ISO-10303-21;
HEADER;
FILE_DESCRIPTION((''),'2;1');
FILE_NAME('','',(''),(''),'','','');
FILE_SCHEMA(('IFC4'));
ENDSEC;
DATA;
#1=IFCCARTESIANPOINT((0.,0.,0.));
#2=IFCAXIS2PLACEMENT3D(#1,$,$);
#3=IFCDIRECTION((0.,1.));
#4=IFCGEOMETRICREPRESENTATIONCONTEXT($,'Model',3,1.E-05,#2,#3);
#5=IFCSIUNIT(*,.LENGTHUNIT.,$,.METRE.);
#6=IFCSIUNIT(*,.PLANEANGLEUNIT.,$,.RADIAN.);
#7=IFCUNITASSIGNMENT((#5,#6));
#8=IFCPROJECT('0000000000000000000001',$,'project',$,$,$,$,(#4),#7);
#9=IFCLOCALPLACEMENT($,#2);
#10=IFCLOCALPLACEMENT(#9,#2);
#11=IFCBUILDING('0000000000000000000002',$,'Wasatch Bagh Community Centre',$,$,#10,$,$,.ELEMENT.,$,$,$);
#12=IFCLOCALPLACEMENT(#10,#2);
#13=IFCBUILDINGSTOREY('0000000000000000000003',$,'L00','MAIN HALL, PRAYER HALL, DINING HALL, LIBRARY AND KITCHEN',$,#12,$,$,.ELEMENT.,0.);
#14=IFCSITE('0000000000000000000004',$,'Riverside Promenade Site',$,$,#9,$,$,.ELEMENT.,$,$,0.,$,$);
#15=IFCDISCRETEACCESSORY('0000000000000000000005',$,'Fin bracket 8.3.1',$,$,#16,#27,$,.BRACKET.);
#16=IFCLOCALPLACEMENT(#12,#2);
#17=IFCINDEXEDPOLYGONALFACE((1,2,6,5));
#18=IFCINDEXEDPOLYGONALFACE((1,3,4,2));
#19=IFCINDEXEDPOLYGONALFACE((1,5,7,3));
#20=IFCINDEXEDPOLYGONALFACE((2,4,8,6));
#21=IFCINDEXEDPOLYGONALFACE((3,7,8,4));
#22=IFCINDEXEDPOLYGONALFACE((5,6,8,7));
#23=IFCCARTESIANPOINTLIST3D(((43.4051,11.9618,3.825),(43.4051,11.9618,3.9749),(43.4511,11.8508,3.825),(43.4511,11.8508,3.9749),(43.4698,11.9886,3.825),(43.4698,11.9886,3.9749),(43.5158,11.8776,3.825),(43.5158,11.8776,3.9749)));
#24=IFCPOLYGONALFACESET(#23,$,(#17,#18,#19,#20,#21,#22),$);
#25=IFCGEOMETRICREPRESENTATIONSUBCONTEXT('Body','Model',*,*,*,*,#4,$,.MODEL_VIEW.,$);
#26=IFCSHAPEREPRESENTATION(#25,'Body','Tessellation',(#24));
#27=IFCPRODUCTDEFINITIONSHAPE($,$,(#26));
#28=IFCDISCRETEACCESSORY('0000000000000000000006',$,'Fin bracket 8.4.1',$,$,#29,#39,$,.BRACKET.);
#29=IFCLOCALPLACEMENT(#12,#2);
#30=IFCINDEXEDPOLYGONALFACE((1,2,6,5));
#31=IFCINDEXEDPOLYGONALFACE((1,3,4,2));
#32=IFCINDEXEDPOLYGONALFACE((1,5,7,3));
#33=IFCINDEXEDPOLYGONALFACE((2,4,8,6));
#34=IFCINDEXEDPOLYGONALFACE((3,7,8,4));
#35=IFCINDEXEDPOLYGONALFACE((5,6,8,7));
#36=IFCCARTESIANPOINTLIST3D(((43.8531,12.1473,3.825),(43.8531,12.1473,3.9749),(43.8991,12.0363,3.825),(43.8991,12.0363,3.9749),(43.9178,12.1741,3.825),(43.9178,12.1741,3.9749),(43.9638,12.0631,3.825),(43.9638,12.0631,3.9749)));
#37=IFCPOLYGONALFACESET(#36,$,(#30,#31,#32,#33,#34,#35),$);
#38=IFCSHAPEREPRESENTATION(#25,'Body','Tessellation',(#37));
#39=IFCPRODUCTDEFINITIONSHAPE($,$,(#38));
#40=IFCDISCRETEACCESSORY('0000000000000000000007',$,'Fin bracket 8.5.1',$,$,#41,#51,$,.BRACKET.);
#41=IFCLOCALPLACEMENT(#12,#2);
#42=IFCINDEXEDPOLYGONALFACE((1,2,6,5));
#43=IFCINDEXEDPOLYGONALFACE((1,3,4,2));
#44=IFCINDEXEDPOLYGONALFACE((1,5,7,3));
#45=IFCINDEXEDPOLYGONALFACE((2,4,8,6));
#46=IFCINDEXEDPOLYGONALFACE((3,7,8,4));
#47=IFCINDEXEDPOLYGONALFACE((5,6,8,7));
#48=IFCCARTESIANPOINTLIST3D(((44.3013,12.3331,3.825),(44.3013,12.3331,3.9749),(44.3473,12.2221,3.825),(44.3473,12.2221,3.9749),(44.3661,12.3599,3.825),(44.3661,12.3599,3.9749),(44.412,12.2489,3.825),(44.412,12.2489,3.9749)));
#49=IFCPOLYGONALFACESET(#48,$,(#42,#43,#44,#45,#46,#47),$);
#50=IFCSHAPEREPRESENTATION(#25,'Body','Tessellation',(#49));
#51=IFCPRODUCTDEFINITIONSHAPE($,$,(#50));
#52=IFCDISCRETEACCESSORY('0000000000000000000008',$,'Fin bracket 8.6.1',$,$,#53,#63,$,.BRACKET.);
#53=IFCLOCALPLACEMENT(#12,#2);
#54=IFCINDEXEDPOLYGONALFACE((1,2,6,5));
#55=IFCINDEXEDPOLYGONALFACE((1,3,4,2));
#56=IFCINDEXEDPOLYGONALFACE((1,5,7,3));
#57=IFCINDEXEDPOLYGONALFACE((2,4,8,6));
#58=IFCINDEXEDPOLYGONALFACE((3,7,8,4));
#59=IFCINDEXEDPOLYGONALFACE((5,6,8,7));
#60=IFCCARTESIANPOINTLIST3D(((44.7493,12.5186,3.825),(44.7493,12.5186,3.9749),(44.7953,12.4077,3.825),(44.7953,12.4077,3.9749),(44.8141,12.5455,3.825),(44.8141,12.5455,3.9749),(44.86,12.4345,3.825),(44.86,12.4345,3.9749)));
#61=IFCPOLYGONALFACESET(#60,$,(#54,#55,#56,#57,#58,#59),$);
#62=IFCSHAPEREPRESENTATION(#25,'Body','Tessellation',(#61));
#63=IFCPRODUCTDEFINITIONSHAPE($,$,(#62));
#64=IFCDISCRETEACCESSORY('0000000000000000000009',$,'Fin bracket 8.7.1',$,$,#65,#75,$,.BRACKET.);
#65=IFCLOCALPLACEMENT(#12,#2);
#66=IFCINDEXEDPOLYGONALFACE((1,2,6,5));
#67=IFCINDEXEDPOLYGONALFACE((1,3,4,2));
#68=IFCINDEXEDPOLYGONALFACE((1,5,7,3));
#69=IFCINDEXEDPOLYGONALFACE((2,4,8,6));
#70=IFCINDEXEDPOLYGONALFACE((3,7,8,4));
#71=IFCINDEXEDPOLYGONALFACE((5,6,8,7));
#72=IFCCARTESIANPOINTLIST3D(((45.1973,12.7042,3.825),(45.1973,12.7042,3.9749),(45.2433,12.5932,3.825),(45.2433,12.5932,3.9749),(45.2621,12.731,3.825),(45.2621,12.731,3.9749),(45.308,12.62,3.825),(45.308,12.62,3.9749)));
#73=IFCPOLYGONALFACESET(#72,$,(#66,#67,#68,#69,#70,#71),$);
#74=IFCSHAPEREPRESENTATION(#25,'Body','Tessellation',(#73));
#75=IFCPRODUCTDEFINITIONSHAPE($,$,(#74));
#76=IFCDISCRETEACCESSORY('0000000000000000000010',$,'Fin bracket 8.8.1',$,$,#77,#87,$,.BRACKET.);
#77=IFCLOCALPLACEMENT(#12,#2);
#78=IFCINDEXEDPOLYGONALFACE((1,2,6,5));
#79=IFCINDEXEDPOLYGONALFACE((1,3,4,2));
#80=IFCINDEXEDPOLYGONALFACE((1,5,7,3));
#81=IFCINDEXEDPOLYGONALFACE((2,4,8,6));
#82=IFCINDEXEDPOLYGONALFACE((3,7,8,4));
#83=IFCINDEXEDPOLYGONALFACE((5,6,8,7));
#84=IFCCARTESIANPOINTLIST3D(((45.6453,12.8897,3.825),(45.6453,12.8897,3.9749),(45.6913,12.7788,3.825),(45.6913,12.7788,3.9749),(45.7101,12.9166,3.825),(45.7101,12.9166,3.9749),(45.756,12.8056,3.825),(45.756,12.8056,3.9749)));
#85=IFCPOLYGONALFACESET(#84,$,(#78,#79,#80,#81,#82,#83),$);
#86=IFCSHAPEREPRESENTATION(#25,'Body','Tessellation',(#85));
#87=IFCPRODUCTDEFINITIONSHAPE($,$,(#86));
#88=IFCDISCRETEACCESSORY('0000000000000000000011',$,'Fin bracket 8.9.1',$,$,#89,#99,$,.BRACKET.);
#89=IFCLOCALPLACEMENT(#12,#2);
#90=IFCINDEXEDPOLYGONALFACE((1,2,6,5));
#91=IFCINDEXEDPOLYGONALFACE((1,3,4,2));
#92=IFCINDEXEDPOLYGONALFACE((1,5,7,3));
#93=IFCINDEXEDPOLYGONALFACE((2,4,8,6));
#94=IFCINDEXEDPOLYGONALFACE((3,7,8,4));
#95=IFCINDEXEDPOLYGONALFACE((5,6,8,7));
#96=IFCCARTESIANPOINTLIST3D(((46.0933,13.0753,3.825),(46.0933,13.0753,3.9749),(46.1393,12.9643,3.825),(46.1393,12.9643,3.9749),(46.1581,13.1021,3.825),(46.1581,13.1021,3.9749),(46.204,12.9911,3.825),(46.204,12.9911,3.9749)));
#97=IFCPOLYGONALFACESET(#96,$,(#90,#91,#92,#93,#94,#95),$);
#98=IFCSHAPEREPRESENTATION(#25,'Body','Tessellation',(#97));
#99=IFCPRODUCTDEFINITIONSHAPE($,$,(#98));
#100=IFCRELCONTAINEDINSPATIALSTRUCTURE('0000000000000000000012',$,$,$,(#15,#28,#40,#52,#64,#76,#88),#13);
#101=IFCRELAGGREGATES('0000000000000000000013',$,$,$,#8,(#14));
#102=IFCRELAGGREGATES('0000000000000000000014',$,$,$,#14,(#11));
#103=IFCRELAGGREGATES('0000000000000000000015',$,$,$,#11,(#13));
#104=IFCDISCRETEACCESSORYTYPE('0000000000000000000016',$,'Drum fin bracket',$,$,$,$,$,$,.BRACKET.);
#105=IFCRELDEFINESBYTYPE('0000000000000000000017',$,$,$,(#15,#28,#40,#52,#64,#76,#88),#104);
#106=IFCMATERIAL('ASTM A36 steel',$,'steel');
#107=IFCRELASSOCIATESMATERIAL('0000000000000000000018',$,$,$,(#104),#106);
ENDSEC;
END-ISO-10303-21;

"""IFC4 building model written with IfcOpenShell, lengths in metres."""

from ifc_helpers import new_model, si_unit, direction, frame, origin, origin_2d, place, context, subcontext, project, spatial, rectangle, extrude, material, type_object, element, save


model = new_model("IFC4")

# Units and contexts
model_context = context("Model", 3, precision=1e-05, world=origin(), true_north=direction((0.0, 1.0)))
body_context = subcontext(model_context, "Body", "Model", "MODEL_VIEW")
ifc_project = project(units=[si_unit("LENGTHUNIT", "METRE"), si_unit("PLANEANGLEUNIT", "RADIAN")], contexts=[model_context])

# Site, building, storey
site_placement = place(None, origin())
site = spatial("IfcSite", under=ifc_project, at=site_placement, Name="Riverside Promenade Site", CompositionType="ELEMENT", RefElevation=0.0)
building_placement = place(site_placement, origin())
building = spatial("IfcBuilding", under=site, at=building_placement, Name="Wasatch Bagh Community Centre", CompositionType="ELEMENT")
storey_placement = place(building_placement, origin())
storey = spatial("IfcBuildingStorey", under=building, at=storey_placement, Name="L00", Description="MAIN HALL, PRAYER HALL, DINING HALL, LIBRARY AND KITCHEN", CompositionType="ELEMENT", Elevation=0.0)

# Discrete accessories
ifc_material_1 = material(Name="ASTM A36 steel", Category="steel")
discrete_accessory_type = type_object("IfcDiscreteAccessoryType", Name="Drum fin bracket", PredefinedType="BRACKET", material=ifc_material_1)
for number, where, z_axis, x_axis, name in (
    (1, (43.4604, 11.9197, 3.825), (0.0, 0.0, 1.0), (0.92388, 0.382683, 0.0), "Fin bracket 8.3.1"),
    (2, (43.9084, 12.1052, 3.825), (0.0, 0.0, 1.0), (0.92388, 0.382683, 0.0), "Fin bracket 8.4.1"),
    (3, (44.3567, 12.291, 3.825), (0.0, 0.0, 1.0), (0.92388, 0.382683, 0.0), "Fin bracket 8.5.1"),
    (4, (44.8047, 12.4766, 3.825), (0.0, 0.0, 1.0), (0.92388, 0.382683, 0.0), "Fin bracket 8.6.1"),
    (5, (45.2527, 12.6621, 3.825), (0.0, 0.0, 1.0), (0.92388, 0.382683, 0.0), "Fin bracket 8.7.1"),
    (6, (45.7007, 12.8477, 3.825), (0.0, 0.0, 1.0), (0.92388, 0.382683, 0.0), "Fin bracket 8.8.1"),
    (7, (46.1487, 13.0332, 3.825), (0.0, 0.0, 1.0), (0.92388, 0.382683, 0.0), "Fin bracket 8.9.1"),
):
    element("IfcDiscreteAccessory", number, at=place(storey_placement, frame(where, z_axis=z_axis, x_axis=x_axis)), inside=storey, type_object=discrete_accessory_type, Name=name, PredefinedType="BRACKET", context=body_context, shape_type="SweptSolid", body=[
        extrude(rectangle(XDim=0.0701, YDim=0.1201, at=origin_2d()), origin(), (0.0, 0.0, 1.0), 0.1499),
    ])

save(model, "model.ifc")
